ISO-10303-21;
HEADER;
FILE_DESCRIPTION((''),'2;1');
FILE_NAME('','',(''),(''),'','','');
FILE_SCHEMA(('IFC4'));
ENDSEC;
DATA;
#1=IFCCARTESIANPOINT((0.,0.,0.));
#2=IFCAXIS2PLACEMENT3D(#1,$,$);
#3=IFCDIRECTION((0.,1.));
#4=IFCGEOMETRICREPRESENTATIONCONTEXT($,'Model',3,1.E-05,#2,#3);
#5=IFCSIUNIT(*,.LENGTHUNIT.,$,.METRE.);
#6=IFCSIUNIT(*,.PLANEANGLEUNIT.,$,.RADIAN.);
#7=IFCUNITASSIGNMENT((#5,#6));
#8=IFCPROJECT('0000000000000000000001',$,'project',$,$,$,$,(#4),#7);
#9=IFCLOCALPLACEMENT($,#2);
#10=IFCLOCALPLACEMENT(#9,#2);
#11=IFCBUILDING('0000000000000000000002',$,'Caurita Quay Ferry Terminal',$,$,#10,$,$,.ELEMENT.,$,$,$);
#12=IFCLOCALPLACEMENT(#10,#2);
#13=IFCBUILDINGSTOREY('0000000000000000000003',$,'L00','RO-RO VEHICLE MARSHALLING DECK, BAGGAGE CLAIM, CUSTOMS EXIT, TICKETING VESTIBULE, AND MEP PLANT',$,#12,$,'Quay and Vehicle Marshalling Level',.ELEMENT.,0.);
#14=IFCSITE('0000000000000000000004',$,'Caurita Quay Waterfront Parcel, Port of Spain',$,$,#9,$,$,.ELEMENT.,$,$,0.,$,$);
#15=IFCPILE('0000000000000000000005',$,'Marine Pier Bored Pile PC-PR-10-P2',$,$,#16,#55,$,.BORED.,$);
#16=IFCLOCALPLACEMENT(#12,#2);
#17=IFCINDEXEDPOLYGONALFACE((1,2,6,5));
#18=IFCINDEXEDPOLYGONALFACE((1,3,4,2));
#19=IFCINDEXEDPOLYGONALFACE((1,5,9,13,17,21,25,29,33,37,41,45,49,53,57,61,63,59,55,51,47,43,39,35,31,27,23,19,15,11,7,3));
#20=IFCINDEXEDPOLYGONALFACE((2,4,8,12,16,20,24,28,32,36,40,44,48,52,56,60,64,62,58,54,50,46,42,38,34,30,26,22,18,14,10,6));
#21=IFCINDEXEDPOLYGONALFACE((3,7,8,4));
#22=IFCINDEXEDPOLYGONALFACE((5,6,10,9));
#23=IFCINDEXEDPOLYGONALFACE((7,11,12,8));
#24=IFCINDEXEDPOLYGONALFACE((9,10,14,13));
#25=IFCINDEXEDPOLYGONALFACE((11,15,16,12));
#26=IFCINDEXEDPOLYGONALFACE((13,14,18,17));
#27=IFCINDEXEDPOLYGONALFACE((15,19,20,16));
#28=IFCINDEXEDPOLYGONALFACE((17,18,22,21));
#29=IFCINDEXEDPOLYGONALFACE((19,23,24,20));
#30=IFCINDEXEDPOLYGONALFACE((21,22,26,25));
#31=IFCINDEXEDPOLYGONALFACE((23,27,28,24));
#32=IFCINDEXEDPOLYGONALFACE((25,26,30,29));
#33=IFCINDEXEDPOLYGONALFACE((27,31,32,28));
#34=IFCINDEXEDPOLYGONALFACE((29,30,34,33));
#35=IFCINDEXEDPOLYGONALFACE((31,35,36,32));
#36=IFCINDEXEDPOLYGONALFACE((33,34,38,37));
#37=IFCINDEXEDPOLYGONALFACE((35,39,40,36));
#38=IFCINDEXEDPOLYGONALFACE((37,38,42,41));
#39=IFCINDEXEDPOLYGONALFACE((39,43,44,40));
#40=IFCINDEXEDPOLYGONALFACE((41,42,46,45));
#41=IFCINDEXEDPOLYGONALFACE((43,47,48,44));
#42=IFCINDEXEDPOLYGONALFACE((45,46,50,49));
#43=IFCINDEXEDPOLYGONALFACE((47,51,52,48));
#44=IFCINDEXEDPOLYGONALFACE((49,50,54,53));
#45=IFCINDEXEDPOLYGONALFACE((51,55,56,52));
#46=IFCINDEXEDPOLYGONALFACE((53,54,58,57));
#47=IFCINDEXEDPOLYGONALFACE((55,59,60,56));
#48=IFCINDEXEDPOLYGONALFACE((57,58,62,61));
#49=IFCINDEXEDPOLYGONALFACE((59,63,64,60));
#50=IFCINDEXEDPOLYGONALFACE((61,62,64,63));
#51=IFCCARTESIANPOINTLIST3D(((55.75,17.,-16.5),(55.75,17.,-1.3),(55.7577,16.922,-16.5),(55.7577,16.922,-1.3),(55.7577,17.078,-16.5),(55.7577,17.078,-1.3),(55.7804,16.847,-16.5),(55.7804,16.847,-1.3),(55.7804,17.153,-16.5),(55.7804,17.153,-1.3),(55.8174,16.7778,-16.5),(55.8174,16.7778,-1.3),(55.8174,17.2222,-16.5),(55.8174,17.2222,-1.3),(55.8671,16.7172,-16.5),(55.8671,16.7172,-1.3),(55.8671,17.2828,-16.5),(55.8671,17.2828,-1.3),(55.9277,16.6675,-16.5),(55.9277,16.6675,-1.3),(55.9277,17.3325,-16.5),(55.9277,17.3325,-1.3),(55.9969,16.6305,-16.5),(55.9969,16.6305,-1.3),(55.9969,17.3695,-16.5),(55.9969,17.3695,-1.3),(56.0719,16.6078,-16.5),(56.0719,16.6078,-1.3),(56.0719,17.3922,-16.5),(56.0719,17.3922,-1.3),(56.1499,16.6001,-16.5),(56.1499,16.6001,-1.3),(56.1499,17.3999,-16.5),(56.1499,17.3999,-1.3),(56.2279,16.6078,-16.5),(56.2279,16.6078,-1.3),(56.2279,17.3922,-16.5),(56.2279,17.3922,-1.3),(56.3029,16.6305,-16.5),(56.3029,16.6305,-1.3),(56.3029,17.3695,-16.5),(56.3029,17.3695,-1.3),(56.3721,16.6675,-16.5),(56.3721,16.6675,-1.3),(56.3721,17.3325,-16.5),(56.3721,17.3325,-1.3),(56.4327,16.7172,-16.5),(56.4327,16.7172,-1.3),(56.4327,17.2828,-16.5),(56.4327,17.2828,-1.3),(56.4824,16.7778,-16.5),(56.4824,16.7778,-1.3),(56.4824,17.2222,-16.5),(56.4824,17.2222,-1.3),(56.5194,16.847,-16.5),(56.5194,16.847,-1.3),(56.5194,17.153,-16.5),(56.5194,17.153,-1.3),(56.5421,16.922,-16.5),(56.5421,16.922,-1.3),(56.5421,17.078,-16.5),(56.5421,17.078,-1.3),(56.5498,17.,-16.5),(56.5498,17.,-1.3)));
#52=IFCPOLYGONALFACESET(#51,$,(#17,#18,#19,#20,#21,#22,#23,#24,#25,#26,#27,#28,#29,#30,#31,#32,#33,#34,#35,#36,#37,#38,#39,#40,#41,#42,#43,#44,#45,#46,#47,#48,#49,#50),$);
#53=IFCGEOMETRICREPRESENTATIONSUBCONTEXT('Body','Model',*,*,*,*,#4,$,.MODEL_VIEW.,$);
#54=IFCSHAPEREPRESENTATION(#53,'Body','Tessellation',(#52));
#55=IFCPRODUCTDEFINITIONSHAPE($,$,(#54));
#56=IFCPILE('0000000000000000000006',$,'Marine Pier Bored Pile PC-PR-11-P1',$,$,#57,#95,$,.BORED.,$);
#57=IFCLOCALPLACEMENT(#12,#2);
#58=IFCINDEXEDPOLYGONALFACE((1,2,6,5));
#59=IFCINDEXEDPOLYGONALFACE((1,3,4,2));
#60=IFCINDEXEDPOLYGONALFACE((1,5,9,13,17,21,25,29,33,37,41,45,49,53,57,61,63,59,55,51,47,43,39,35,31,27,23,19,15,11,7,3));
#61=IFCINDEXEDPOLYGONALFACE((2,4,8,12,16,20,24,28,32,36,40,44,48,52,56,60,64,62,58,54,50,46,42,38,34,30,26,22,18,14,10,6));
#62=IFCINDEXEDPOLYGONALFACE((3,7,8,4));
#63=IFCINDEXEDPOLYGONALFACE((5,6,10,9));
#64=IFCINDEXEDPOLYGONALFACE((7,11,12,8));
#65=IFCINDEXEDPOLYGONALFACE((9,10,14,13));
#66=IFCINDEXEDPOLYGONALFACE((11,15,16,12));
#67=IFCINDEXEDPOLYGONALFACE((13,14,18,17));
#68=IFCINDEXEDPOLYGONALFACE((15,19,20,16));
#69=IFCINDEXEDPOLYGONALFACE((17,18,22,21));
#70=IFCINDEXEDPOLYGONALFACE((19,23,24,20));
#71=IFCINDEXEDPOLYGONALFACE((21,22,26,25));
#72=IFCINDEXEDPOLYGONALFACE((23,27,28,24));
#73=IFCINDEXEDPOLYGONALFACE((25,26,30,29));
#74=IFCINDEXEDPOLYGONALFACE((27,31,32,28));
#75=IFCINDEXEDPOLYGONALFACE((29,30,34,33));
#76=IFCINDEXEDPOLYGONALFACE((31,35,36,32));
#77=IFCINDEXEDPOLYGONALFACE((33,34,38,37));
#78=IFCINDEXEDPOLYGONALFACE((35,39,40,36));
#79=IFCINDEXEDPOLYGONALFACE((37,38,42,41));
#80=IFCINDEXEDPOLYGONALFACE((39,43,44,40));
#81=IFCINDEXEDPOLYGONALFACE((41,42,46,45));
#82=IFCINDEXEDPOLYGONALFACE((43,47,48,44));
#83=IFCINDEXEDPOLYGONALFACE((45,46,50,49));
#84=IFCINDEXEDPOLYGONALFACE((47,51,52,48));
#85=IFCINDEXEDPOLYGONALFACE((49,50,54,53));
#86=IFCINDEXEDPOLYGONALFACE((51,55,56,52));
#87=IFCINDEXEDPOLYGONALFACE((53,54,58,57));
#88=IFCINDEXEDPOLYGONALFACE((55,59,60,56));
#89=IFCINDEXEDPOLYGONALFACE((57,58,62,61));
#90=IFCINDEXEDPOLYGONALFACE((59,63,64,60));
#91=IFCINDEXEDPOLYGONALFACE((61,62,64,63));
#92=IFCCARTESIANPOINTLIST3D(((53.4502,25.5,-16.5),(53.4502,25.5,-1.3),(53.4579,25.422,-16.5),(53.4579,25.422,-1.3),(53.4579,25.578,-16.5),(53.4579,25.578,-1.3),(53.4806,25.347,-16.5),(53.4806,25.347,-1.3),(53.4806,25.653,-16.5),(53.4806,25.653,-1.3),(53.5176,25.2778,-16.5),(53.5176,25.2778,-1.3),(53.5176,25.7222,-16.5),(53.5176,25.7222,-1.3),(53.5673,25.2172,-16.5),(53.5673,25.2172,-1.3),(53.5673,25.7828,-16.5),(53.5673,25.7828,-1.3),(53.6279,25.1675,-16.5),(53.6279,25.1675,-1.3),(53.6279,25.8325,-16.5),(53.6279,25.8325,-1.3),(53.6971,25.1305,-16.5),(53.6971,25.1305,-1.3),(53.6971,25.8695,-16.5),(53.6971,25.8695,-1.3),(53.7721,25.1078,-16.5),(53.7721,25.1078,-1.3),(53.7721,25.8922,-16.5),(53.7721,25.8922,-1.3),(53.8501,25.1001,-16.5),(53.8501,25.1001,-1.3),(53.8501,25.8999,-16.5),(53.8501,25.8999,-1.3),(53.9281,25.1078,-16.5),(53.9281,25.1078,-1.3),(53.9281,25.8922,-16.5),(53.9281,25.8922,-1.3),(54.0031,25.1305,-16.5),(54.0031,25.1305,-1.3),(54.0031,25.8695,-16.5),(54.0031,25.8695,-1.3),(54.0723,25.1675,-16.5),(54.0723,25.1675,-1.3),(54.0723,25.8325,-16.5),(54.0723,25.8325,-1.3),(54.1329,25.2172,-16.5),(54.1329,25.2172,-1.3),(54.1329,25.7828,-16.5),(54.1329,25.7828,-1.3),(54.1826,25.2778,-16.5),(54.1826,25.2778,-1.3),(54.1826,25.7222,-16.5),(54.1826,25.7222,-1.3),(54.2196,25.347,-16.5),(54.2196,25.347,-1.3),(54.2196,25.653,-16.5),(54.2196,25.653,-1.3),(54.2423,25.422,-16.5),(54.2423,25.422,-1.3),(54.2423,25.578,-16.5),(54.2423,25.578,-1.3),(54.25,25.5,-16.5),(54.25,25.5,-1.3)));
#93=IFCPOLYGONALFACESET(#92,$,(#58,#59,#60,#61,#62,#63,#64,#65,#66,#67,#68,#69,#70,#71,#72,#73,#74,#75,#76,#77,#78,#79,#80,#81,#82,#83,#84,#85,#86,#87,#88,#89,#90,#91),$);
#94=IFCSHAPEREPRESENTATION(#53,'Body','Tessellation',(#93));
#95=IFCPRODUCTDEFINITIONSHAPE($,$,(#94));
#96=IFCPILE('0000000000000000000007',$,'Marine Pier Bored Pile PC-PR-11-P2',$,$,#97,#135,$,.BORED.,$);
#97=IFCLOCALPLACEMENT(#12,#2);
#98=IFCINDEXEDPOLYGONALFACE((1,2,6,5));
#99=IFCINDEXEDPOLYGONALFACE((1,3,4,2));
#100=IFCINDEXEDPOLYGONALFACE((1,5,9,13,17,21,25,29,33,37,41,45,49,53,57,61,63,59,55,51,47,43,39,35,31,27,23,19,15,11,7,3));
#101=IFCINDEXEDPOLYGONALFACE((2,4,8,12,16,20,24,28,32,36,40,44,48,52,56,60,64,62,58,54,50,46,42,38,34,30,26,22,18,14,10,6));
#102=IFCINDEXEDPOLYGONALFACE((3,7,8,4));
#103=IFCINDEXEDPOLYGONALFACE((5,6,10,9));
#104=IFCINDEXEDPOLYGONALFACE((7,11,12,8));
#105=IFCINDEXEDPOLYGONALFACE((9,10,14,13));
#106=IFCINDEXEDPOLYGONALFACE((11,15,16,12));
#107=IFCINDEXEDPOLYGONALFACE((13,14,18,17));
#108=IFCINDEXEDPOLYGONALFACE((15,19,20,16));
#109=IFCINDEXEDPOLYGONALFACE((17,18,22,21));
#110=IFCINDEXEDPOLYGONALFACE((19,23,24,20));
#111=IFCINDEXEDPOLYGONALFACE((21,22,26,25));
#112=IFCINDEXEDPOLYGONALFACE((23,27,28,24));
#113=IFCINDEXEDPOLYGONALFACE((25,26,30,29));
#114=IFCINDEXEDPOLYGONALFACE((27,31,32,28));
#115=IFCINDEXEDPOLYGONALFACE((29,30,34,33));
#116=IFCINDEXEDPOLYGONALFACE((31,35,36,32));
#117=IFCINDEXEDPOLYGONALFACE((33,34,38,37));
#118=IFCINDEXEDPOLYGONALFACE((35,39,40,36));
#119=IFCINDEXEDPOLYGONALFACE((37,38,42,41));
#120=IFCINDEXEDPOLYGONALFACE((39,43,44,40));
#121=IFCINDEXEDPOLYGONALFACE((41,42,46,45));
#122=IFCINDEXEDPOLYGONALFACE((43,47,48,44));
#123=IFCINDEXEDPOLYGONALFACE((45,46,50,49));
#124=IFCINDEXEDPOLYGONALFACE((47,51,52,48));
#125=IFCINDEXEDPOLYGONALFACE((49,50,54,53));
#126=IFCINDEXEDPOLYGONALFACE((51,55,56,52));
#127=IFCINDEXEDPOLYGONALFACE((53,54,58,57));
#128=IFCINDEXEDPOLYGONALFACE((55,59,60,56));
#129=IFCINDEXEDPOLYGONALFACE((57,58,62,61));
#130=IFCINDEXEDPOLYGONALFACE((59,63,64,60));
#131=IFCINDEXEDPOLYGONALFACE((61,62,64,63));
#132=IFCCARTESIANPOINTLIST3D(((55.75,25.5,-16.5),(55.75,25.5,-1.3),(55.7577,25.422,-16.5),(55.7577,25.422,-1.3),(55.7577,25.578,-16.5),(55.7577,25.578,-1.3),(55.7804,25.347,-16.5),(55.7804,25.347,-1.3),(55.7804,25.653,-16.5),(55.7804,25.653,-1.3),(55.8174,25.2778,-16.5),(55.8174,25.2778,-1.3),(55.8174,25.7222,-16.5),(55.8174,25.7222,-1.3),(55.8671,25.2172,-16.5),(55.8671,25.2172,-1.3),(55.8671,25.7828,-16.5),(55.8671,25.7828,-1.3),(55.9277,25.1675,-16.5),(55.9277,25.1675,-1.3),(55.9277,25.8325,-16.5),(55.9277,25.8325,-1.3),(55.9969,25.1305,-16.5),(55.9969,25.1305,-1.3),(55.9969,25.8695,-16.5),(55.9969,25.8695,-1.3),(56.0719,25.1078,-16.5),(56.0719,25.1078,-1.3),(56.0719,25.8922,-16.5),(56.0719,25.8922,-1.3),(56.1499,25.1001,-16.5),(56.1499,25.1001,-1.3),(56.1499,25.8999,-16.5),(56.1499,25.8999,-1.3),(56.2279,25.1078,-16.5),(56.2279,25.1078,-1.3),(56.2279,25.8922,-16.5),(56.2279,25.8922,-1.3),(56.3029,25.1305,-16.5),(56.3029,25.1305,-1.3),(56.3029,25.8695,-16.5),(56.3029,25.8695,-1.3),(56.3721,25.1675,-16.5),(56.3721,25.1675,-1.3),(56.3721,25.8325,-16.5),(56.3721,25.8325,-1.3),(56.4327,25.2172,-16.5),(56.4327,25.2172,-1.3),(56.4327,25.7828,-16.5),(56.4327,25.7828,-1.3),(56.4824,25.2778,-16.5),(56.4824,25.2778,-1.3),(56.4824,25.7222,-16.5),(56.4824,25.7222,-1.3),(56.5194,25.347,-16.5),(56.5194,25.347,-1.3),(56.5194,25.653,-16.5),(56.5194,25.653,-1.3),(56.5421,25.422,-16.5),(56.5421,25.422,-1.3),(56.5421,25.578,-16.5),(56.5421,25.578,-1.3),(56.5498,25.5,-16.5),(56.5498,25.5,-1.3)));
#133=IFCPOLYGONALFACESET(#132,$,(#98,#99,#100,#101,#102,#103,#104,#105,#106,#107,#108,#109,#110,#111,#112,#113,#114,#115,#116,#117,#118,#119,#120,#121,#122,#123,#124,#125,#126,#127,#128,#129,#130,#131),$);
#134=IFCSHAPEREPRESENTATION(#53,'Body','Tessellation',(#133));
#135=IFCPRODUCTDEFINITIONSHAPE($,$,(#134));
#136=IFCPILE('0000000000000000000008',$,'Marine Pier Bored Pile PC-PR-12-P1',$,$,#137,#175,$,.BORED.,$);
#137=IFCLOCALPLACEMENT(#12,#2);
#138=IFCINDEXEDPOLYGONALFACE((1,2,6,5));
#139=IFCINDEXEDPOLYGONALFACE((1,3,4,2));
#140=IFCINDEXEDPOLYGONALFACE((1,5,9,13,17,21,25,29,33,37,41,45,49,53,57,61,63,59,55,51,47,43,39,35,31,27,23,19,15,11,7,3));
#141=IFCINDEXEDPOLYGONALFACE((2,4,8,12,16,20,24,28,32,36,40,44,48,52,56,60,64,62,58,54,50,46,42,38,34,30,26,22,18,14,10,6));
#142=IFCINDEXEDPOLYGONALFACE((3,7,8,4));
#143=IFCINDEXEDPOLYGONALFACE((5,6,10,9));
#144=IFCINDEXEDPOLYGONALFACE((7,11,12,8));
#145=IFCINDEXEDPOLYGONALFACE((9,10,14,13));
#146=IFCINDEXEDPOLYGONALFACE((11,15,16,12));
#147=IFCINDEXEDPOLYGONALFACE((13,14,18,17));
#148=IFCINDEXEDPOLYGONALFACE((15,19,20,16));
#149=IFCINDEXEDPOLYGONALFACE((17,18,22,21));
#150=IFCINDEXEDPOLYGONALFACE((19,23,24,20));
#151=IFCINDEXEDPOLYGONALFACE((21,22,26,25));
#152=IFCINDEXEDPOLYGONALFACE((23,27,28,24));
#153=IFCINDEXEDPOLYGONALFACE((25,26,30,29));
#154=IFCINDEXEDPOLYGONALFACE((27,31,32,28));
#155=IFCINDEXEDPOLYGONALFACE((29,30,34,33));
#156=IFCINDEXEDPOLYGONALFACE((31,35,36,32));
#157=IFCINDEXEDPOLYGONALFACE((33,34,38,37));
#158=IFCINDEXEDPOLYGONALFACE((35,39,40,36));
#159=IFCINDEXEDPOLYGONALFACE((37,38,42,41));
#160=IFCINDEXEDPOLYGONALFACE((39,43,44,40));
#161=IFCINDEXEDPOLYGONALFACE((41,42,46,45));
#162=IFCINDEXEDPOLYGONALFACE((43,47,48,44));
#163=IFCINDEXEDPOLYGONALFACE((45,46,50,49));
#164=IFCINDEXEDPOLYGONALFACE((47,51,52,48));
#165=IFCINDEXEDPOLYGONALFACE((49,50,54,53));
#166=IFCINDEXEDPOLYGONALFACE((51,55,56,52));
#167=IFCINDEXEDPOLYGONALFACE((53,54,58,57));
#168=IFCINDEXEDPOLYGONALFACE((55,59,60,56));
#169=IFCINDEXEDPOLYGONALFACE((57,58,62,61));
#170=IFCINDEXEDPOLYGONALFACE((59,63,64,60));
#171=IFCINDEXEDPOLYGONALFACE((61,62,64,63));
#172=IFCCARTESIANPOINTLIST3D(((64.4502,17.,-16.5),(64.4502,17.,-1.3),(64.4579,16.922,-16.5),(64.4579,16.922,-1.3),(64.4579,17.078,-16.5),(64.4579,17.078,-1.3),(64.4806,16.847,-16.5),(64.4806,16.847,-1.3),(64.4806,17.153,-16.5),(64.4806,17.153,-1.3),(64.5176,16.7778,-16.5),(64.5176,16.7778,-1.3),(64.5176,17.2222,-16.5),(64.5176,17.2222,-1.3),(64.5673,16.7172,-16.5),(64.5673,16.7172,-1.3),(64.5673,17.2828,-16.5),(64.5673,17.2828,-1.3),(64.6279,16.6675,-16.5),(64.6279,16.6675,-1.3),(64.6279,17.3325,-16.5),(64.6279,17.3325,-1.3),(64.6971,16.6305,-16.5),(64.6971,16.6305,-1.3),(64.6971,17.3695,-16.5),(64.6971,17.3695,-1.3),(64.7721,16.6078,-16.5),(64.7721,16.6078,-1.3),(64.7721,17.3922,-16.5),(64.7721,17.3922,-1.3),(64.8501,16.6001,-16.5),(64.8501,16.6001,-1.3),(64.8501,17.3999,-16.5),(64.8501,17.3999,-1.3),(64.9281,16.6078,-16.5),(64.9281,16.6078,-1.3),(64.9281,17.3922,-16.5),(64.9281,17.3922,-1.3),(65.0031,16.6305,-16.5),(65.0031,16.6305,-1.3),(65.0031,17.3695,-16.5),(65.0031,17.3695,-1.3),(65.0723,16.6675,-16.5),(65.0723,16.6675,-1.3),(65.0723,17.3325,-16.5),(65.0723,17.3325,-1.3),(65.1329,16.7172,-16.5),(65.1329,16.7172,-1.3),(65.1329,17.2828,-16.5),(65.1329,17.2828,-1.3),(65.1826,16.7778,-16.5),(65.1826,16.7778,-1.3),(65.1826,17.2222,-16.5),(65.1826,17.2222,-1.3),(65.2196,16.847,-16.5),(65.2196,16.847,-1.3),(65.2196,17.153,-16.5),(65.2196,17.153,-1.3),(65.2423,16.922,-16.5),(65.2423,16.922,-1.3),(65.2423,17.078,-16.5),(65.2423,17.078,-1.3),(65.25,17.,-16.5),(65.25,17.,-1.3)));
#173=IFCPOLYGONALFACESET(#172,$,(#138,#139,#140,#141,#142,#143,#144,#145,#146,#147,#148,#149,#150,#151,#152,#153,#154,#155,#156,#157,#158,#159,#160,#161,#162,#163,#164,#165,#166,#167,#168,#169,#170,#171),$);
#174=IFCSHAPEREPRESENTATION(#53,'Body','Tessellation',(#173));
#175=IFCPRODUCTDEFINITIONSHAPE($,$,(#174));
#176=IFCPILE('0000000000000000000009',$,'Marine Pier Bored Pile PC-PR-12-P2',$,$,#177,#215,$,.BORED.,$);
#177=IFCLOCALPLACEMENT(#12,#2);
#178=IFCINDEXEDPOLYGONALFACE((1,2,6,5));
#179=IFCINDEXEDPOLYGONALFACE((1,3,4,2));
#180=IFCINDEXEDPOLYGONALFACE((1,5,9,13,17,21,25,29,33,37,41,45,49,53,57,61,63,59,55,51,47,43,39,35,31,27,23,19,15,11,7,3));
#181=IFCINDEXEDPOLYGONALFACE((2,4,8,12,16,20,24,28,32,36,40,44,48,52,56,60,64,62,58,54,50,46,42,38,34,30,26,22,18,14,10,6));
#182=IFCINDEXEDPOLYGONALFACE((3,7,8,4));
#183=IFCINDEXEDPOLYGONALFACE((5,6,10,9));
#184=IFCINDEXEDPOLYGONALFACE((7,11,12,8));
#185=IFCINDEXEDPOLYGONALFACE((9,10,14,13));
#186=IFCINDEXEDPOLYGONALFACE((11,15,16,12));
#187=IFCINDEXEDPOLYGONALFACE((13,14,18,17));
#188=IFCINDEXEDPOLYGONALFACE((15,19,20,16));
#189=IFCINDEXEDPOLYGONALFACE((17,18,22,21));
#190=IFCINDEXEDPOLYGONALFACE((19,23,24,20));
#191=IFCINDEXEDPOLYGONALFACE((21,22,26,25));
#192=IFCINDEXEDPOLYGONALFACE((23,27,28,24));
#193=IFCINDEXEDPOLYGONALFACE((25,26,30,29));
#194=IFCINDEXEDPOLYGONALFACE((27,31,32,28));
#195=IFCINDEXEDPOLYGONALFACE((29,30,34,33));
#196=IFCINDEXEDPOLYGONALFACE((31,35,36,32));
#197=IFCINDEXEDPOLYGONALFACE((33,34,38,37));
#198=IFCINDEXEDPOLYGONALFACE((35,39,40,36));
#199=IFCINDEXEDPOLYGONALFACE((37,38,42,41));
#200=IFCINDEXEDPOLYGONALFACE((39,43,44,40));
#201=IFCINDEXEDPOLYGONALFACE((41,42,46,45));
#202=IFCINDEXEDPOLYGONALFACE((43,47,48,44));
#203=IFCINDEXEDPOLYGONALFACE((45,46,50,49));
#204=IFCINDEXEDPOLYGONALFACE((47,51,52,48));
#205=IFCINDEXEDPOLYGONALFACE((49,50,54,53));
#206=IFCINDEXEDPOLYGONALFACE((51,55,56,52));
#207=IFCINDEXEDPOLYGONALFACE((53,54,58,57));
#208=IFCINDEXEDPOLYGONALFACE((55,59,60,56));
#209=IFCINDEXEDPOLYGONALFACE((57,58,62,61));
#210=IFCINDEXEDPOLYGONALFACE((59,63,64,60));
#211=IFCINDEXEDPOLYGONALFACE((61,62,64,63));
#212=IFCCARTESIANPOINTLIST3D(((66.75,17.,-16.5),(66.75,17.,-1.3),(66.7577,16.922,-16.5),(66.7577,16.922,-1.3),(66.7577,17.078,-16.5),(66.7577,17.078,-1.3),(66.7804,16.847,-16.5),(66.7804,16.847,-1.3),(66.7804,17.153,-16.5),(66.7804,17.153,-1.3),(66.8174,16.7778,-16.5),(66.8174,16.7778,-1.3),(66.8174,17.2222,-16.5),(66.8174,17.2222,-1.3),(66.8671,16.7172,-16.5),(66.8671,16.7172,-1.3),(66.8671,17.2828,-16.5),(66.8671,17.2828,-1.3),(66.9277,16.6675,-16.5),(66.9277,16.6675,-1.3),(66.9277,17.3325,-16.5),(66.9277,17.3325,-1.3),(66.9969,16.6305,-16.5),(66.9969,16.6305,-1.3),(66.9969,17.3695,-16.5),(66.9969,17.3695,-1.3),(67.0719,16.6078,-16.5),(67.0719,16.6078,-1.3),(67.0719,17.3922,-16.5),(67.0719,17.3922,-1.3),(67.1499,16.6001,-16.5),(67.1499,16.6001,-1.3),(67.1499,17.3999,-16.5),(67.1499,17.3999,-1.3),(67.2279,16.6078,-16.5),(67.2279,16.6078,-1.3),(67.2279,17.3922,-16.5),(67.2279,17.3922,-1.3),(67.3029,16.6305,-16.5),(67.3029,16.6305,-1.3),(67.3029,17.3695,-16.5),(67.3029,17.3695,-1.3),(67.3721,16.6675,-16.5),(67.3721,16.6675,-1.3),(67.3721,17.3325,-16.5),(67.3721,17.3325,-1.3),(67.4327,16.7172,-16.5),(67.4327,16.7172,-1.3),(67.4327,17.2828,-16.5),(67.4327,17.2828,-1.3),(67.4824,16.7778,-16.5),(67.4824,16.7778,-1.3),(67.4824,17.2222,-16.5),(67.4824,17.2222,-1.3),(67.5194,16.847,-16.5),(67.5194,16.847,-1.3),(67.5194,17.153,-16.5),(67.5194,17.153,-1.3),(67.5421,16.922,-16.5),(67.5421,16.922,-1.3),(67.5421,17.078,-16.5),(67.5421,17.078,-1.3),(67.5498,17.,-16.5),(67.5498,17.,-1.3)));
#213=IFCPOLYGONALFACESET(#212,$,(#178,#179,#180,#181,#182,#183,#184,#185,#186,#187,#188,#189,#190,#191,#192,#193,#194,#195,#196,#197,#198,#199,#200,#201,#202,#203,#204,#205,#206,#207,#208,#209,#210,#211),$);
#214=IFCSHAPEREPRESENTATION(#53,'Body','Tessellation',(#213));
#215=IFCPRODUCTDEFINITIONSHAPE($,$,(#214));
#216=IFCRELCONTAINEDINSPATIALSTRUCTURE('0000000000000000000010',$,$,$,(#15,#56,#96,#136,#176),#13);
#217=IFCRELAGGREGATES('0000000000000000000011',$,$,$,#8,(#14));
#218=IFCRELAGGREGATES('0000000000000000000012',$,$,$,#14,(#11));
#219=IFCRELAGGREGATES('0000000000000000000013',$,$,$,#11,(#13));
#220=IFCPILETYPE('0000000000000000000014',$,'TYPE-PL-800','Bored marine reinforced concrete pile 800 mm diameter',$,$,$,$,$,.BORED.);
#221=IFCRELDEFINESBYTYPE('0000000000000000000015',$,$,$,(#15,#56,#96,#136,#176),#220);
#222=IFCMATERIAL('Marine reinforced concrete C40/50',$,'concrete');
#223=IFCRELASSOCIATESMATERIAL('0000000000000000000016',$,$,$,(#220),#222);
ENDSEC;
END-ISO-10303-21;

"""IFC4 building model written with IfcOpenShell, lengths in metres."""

from ifc_helpers import new_model, si_unit, direction, frame, origin, origin_2d, place, context, subcontext, project, spatial, circle, extrude, material, material_profile, profile_set, type_object, element, save


model = new_model("IFC4")

# Units and contexts
model_context = context("Model", 3, precision=1e-05, world=origin(), true_north=direction((0.0, 1.0)))
body_context = subcontext(model_context, "Body", "Model", "MODEL_VIEW")
ifc_project = project(units=[si_unit("LENGTHUNIT", "METRE"), si_unit("PLANEANGLEUNIT", "RADIAN")], contexts=[model_context])

# Site, building, storey
site_placement = place(None, origin())
site = spatial("IfcSite", under=ifc_project, at=site_placement, Name="Caurita Quay Waterfront Parcel, Port of Spain", CompositionType="ELEMENT", RefElevation=0.0)
building_placement = place(site_placement, origin())
building = spatial("IfcBuilding", under=site, at=building_placement, Name="Caurita Quay Ferry Terminal", CompositionType="ELEMENT")
storey_placement = place(building_placement, origin())
storey = spatial("IfcBuildingStorey", under=building, at=storey_placement, Name="L00", Description="RO-RO VEHICLE MARSHALLING DECK, BAGGAGE CLAIM, CUSTOMS EXIT, TICKETING VESTIBULE, AND MEP PLANT", LongName="Quay and Vehicle Marshalling Level", CompositionType="ELEMENT", Elevation=0.0)

# Piles
ifc_material_1 = material(Name="Marine reinforced concrete C40/50", Category="concrete")
ifc_material_profile_1 = material_profile(ifc_material_1, circle(Radius=0.3999, at=origin_2d()), Name="PILE-D800")
ifc_profile_set_1 = profile_set([ifc_material_profile_1], Name="Marine reinforced concrete C40/50")
pile_type_1 = type_object("IfcPileType", Name="TYPE-PL-800", Description="Bored marine reinforced concrete pile 800 mm diameter", PredefinedType="BORED", material=ifc_profile_set_1)
for number, where, z_axis, x_axis, name in (
    (1, (56.1499, 17.0, -1.3), (0.0, 0.0, -1.0), (1.0, 0.0, 0.0), "Marine Pier Bored Pile PC-PR-10-P2"),
    (2, (53.8501, 25.5, -1.3), (0.0, 0.0, -1.0), (1.0, 0.0, 0.0), "Marine Pier Bored Pile PC-PR-11-P1"),
    (3, (56.1499, 25.5, -1.3), (0.0, 0.0, -1.0), (1.0, 0.0, 0.0), "Marine Pier Bored Pile PC-PR-11-P2"),
    (4, (64.8501, 17.0, -1.3), (0.0, 0.0, -1.0), (1.0, 0.0, 0.0), "Marine Pier Bored Pile PC-PR-12-P1"),
    (5, (67.1499, 17.0, -1.3), (0.0, 0.0, -1.0), (1.0, 0.0, 0.0), "Marine Pier Bored Pile PC-PR-12-P2"),
):
    element("IfcPile", number, at=place(storey_placement, frame(where, z_axis=z_axis, x_axis=x_axis)), inside=storey, type_object=pile_type_1, Name=name, PredefinedType="BORED", context=body_context, shape_type="SweptSolid", body=[
        extrude(circle(Radius=0.3999, at=origin_2d()), origin(), (0.0, 0.0, 1.0), 15.2),
    ])

save(model, "model.ifc")
